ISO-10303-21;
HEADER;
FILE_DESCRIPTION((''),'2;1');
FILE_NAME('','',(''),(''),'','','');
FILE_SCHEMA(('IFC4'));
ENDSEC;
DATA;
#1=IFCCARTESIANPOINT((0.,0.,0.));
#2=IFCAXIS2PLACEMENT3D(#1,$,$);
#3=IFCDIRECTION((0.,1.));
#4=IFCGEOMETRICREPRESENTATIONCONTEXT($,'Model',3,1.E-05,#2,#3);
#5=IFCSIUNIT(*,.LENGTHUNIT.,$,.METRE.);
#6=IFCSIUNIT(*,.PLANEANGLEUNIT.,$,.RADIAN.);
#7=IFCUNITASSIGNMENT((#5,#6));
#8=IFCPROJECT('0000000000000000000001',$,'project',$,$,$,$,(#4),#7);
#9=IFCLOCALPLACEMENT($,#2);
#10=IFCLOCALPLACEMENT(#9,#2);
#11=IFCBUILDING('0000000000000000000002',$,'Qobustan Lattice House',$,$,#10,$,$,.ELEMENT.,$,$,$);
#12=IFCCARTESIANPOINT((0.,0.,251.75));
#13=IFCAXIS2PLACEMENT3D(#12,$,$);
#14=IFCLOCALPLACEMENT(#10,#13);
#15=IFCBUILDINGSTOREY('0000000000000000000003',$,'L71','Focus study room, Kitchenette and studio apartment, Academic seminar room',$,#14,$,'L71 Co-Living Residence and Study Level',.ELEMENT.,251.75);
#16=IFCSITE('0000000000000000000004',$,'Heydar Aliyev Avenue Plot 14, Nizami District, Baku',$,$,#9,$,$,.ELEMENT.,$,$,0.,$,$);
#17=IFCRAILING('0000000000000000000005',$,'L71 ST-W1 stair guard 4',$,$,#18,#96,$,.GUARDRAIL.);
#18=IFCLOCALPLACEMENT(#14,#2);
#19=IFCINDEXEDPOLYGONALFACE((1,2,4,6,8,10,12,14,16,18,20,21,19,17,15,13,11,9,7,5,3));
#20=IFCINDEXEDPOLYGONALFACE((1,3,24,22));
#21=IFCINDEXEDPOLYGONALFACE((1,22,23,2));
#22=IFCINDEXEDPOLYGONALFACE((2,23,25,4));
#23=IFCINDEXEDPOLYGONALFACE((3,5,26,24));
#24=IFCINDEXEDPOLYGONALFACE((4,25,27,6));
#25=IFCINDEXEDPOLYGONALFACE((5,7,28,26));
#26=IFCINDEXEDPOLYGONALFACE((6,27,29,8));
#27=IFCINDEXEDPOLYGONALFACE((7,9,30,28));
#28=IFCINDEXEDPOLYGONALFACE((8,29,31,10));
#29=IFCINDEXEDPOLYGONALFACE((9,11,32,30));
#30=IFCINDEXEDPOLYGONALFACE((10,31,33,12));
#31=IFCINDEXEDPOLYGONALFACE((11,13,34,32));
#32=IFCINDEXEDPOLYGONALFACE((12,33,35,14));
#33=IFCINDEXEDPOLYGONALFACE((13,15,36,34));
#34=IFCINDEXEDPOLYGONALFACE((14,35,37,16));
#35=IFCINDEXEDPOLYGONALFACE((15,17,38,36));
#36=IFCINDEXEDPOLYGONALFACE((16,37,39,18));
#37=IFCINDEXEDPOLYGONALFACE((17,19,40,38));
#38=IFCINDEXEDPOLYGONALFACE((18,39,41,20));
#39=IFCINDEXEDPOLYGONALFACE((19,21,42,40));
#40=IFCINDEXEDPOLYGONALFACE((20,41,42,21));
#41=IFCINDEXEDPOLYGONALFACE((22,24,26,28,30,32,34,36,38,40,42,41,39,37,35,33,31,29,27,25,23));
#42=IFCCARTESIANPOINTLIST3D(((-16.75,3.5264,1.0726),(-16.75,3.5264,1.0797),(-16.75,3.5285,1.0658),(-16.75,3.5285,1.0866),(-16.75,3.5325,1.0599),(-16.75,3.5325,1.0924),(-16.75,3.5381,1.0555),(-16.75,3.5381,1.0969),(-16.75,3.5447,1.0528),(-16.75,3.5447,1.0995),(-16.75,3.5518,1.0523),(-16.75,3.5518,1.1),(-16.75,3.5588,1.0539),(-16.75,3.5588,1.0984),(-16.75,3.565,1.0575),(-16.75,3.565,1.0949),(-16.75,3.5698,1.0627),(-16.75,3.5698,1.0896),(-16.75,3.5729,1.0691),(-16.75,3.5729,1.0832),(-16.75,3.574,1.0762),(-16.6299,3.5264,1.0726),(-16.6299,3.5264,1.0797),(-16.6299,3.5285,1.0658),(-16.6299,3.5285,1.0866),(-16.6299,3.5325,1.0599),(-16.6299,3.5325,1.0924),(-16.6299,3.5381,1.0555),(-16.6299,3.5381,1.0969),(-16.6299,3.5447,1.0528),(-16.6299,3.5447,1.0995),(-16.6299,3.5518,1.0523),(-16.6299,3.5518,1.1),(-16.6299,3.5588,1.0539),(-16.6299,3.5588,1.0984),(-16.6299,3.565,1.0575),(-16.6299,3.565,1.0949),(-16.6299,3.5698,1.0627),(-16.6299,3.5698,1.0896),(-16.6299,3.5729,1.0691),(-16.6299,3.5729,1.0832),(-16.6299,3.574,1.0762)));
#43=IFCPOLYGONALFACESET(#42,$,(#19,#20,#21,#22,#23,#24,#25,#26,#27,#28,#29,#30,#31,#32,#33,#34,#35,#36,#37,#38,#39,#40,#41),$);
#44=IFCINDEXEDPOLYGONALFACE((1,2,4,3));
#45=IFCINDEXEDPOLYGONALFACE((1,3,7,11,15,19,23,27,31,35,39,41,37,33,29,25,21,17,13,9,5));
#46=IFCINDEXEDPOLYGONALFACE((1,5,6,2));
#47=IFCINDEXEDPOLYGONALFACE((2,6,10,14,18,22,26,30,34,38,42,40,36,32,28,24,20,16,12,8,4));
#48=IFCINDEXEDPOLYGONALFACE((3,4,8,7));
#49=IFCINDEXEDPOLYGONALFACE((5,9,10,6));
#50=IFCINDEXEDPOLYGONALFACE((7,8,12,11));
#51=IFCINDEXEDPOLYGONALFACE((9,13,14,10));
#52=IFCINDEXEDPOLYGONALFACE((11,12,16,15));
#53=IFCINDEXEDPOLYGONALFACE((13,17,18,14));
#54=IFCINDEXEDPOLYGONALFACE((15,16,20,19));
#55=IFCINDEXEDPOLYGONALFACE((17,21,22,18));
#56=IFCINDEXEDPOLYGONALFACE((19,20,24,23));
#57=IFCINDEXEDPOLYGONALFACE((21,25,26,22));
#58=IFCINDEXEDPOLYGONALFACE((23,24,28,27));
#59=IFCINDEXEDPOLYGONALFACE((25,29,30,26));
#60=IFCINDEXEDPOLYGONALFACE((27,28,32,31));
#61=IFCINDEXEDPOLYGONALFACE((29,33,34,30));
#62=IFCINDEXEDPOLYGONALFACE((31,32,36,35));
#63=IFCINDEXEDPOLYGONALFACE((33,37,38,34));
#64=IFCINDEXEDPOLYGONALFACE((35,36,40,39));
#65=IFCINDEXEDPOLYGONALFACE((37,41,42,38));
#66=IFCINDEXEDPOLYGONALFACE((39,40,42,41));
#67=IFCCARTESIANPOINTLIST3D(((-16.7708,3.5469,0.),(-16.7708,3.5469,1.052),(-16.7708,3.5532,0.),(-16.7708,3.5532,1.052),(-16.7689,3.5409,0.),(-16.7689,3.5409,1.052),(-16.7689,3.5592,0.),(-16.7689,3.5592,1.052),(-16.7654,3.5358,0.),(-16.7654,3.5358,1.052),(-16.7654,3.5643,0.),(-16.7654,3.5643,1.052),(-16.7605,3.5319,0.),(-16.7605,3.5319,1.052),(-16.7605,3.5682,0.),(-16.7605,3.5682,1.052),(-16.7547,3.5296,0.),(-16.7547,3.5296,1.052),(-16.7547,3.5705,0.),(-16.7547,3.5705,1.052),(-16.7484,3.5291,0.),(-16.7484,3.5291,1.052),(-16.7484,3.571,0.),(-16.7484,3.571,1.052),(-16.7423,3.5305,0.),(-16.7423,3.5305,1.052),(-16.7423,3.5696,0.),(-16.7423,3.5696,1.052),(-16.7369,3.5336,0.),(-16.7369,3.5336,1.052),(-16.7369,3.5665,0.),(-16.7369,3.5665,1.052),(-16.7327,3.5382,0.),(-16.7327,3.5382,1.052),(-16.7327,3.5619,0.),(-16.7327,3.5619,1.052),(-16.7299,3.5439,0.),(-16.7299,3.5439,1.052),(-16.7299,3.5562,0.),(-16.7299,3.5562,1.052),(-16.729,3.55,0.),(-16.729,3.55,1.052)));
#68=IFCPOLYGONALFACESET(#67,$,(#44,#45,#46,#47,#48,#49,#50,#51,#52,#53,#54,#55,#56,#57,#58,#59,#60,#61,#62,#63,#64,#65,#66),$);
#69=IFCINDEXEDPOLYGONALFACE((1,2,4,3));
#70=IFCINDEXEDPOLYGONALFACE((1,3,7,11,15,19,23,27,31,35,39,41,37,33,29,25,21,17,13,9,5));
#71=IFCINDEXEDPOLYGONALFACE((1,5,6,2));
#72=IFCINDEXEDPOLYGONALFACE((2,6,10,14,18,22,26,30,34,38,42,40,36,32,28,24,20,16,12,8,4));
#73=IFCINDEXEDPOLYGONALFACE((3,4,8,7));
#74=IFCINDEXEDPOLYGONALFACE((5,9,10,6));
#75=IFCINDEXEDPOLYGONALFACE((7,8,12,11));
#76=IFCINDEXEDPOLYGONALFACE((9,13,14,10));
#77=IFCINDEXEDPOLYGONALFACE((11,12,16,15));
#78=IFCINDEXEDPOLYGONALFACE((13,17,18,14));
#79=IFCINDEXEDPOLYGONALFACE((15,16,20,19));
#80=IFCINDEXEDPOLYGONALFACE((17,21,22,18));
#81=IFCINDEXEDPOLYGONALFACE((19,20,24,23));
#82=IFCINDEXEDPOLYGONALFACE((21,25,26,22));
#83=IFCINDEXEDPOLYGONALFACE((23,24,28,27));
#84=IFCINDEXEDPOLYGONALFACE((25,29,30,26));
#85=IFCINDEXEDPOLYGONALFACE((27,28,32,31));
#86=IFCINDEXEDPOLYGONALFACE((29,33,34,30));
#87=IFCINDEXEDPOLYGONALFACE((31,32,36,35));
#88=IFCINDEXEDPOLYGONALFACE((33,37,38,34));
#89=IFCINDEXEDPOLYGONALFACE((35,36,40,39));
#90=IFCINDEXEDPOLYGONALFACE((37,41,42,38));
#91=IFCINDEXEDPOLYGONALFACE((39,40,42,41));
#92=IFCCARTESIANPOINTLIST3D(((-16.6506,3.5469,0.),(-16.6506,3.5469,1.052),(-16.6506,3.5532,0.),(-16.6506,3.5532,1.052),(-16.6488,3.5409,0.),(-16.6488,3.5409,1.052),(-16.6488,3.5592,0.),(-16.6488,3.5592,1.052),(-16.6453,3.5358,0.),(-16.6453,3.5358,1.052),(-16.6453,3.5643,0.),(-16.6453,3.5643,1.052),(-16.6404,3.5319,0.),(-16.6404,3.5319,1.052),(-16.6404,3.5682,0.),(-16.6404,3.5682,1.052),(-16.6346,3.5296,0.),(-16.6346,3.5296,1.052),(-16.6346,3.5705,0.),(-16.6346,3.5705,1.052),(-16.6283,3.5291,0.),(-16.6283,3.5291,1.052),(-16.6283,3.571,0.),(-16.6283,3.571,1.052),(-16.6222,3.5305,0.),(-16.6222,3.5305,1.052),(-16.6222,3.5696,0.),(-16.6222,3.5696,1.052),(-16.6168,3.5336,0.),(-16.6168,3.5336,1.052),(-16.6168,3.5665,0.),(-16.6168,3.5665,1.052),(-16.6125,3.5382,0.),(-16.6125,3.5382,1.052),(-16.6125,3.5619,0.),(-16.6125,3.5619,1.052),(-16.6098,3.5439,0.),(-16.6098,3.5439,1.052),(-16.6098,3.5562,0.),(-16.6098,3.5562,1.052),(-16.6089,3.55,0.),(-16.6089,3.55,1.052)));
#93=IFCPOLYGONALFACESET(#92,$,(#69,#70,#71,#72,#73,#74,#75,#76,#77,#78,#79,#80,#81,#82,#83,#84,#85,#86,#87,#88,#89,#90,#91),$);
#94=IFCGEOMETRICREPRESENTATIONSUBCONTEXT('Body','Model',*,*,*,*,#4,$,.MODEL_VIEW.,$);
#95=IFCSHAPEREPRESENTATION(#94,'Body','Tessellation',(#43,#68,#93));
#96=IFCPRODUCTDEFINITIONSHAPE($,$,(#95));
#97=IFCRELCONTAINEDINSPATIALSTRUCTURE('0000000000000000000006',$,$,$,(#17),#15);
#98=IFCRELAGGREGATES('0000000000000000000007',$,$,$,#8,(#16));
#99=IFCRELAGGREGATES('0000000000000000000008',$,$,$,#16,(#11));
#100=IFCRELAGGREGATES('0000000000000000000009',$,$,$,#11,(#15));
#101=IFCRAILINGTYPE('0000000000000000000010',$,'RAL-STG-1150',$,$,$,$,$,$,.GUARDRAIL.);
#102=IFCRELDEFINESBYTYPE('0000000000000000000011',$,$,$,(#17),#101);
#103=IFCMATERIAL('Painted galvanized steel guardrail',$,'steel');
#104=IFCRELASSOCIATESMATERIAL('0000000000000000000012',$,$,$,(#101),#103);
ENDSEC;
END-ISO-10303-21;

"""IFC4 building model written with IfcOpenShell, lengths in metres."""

from ifc_helpers import new_model, si_unit, direction, frame, origin, origin_2d, place, context, subcontext, project, spatial, circle, extrude, material, type_object, element, save


model = new_model("IFC4")

# Units and contexts
model_context = context("Model", 3, precision=1e-05, world=origin(), true_north=direction((0.0, 1.0)))
body_context = subcontext(model_context, "Body", "Model", "MODEL_VIEW")
ifc_project = project(units=[si_unit("LENGTHUNIT", "METRE"), si_unit("PLANEANGLEUNIT", "RADIAN")], contexts=[model_context])

# Site, building, storey
site_placement = place(None, origin())
site = spatial("IfcSite", under=ifc_project, at=site_placement, Name="Heydar Aliyev Avenue Plot 14, Nizami District, Baku", CompositionType="ELEMENT", RefElevation=0.0)
building_placement = place(site_placement, origin())
building = spatial("IfcBuilding", under=site, at=building_placement, Name="Qobustan Lattice House", CompositionType="ELEMENT")
storey_placement = place(building_placement, frame((0.0, 0.0, 251.75)))
storey = spatial("IfcBuildingStorey", under=building, at=storey_placement, Name="L71", Description="Focus study room, Kitchenette and studio apartment, Academic seminar room", LongName="L71 Co-Living Residence and Study Level", CompositionType="ELEMENT", Elevation=251.75)

# Railing
ifc_material_1 = material(Name="Painted galvanized steel guardrail", Category="steel")
railing_type = type_object("IfcRailingType", Name="RAL-STG-1150", PredefinedType="GUARDRAIL", material=ifc_material_1)
railing_1_placement = place(storey_placement, frame((-16.75, 3.55, 0.0)))
element("IfcRailing", 1, at=railing_1_placement, inside=storey, type_object=railing_type, Name="L71 ST-W1 stair guard 4", PredefinedType="GUARDRAIL", context=body_context, shape_type="SweptSolid", body=[
    extrude(circle(Radius=0.0239, at=origin_2d()), frame((0.0, 0.0, 1.0762), z_axis=(1.0, 0.0, 0.0), x_axis=(0.0, 1.0, 0.0)), (0.0, 0.0, 1.0), 0.1201),
    extrude(circle(Radius=0.021, at=origin_2d()), origin(), (0.0, 0.0, 1.0), 1.052),
    extrude(circle(Radius=0.021, at=origin_2d()), frame((0.1201, 0.0, 0.0)), (0.0, 0.0, 1.0), 1.052),
])

save(model, "model.ifc")
